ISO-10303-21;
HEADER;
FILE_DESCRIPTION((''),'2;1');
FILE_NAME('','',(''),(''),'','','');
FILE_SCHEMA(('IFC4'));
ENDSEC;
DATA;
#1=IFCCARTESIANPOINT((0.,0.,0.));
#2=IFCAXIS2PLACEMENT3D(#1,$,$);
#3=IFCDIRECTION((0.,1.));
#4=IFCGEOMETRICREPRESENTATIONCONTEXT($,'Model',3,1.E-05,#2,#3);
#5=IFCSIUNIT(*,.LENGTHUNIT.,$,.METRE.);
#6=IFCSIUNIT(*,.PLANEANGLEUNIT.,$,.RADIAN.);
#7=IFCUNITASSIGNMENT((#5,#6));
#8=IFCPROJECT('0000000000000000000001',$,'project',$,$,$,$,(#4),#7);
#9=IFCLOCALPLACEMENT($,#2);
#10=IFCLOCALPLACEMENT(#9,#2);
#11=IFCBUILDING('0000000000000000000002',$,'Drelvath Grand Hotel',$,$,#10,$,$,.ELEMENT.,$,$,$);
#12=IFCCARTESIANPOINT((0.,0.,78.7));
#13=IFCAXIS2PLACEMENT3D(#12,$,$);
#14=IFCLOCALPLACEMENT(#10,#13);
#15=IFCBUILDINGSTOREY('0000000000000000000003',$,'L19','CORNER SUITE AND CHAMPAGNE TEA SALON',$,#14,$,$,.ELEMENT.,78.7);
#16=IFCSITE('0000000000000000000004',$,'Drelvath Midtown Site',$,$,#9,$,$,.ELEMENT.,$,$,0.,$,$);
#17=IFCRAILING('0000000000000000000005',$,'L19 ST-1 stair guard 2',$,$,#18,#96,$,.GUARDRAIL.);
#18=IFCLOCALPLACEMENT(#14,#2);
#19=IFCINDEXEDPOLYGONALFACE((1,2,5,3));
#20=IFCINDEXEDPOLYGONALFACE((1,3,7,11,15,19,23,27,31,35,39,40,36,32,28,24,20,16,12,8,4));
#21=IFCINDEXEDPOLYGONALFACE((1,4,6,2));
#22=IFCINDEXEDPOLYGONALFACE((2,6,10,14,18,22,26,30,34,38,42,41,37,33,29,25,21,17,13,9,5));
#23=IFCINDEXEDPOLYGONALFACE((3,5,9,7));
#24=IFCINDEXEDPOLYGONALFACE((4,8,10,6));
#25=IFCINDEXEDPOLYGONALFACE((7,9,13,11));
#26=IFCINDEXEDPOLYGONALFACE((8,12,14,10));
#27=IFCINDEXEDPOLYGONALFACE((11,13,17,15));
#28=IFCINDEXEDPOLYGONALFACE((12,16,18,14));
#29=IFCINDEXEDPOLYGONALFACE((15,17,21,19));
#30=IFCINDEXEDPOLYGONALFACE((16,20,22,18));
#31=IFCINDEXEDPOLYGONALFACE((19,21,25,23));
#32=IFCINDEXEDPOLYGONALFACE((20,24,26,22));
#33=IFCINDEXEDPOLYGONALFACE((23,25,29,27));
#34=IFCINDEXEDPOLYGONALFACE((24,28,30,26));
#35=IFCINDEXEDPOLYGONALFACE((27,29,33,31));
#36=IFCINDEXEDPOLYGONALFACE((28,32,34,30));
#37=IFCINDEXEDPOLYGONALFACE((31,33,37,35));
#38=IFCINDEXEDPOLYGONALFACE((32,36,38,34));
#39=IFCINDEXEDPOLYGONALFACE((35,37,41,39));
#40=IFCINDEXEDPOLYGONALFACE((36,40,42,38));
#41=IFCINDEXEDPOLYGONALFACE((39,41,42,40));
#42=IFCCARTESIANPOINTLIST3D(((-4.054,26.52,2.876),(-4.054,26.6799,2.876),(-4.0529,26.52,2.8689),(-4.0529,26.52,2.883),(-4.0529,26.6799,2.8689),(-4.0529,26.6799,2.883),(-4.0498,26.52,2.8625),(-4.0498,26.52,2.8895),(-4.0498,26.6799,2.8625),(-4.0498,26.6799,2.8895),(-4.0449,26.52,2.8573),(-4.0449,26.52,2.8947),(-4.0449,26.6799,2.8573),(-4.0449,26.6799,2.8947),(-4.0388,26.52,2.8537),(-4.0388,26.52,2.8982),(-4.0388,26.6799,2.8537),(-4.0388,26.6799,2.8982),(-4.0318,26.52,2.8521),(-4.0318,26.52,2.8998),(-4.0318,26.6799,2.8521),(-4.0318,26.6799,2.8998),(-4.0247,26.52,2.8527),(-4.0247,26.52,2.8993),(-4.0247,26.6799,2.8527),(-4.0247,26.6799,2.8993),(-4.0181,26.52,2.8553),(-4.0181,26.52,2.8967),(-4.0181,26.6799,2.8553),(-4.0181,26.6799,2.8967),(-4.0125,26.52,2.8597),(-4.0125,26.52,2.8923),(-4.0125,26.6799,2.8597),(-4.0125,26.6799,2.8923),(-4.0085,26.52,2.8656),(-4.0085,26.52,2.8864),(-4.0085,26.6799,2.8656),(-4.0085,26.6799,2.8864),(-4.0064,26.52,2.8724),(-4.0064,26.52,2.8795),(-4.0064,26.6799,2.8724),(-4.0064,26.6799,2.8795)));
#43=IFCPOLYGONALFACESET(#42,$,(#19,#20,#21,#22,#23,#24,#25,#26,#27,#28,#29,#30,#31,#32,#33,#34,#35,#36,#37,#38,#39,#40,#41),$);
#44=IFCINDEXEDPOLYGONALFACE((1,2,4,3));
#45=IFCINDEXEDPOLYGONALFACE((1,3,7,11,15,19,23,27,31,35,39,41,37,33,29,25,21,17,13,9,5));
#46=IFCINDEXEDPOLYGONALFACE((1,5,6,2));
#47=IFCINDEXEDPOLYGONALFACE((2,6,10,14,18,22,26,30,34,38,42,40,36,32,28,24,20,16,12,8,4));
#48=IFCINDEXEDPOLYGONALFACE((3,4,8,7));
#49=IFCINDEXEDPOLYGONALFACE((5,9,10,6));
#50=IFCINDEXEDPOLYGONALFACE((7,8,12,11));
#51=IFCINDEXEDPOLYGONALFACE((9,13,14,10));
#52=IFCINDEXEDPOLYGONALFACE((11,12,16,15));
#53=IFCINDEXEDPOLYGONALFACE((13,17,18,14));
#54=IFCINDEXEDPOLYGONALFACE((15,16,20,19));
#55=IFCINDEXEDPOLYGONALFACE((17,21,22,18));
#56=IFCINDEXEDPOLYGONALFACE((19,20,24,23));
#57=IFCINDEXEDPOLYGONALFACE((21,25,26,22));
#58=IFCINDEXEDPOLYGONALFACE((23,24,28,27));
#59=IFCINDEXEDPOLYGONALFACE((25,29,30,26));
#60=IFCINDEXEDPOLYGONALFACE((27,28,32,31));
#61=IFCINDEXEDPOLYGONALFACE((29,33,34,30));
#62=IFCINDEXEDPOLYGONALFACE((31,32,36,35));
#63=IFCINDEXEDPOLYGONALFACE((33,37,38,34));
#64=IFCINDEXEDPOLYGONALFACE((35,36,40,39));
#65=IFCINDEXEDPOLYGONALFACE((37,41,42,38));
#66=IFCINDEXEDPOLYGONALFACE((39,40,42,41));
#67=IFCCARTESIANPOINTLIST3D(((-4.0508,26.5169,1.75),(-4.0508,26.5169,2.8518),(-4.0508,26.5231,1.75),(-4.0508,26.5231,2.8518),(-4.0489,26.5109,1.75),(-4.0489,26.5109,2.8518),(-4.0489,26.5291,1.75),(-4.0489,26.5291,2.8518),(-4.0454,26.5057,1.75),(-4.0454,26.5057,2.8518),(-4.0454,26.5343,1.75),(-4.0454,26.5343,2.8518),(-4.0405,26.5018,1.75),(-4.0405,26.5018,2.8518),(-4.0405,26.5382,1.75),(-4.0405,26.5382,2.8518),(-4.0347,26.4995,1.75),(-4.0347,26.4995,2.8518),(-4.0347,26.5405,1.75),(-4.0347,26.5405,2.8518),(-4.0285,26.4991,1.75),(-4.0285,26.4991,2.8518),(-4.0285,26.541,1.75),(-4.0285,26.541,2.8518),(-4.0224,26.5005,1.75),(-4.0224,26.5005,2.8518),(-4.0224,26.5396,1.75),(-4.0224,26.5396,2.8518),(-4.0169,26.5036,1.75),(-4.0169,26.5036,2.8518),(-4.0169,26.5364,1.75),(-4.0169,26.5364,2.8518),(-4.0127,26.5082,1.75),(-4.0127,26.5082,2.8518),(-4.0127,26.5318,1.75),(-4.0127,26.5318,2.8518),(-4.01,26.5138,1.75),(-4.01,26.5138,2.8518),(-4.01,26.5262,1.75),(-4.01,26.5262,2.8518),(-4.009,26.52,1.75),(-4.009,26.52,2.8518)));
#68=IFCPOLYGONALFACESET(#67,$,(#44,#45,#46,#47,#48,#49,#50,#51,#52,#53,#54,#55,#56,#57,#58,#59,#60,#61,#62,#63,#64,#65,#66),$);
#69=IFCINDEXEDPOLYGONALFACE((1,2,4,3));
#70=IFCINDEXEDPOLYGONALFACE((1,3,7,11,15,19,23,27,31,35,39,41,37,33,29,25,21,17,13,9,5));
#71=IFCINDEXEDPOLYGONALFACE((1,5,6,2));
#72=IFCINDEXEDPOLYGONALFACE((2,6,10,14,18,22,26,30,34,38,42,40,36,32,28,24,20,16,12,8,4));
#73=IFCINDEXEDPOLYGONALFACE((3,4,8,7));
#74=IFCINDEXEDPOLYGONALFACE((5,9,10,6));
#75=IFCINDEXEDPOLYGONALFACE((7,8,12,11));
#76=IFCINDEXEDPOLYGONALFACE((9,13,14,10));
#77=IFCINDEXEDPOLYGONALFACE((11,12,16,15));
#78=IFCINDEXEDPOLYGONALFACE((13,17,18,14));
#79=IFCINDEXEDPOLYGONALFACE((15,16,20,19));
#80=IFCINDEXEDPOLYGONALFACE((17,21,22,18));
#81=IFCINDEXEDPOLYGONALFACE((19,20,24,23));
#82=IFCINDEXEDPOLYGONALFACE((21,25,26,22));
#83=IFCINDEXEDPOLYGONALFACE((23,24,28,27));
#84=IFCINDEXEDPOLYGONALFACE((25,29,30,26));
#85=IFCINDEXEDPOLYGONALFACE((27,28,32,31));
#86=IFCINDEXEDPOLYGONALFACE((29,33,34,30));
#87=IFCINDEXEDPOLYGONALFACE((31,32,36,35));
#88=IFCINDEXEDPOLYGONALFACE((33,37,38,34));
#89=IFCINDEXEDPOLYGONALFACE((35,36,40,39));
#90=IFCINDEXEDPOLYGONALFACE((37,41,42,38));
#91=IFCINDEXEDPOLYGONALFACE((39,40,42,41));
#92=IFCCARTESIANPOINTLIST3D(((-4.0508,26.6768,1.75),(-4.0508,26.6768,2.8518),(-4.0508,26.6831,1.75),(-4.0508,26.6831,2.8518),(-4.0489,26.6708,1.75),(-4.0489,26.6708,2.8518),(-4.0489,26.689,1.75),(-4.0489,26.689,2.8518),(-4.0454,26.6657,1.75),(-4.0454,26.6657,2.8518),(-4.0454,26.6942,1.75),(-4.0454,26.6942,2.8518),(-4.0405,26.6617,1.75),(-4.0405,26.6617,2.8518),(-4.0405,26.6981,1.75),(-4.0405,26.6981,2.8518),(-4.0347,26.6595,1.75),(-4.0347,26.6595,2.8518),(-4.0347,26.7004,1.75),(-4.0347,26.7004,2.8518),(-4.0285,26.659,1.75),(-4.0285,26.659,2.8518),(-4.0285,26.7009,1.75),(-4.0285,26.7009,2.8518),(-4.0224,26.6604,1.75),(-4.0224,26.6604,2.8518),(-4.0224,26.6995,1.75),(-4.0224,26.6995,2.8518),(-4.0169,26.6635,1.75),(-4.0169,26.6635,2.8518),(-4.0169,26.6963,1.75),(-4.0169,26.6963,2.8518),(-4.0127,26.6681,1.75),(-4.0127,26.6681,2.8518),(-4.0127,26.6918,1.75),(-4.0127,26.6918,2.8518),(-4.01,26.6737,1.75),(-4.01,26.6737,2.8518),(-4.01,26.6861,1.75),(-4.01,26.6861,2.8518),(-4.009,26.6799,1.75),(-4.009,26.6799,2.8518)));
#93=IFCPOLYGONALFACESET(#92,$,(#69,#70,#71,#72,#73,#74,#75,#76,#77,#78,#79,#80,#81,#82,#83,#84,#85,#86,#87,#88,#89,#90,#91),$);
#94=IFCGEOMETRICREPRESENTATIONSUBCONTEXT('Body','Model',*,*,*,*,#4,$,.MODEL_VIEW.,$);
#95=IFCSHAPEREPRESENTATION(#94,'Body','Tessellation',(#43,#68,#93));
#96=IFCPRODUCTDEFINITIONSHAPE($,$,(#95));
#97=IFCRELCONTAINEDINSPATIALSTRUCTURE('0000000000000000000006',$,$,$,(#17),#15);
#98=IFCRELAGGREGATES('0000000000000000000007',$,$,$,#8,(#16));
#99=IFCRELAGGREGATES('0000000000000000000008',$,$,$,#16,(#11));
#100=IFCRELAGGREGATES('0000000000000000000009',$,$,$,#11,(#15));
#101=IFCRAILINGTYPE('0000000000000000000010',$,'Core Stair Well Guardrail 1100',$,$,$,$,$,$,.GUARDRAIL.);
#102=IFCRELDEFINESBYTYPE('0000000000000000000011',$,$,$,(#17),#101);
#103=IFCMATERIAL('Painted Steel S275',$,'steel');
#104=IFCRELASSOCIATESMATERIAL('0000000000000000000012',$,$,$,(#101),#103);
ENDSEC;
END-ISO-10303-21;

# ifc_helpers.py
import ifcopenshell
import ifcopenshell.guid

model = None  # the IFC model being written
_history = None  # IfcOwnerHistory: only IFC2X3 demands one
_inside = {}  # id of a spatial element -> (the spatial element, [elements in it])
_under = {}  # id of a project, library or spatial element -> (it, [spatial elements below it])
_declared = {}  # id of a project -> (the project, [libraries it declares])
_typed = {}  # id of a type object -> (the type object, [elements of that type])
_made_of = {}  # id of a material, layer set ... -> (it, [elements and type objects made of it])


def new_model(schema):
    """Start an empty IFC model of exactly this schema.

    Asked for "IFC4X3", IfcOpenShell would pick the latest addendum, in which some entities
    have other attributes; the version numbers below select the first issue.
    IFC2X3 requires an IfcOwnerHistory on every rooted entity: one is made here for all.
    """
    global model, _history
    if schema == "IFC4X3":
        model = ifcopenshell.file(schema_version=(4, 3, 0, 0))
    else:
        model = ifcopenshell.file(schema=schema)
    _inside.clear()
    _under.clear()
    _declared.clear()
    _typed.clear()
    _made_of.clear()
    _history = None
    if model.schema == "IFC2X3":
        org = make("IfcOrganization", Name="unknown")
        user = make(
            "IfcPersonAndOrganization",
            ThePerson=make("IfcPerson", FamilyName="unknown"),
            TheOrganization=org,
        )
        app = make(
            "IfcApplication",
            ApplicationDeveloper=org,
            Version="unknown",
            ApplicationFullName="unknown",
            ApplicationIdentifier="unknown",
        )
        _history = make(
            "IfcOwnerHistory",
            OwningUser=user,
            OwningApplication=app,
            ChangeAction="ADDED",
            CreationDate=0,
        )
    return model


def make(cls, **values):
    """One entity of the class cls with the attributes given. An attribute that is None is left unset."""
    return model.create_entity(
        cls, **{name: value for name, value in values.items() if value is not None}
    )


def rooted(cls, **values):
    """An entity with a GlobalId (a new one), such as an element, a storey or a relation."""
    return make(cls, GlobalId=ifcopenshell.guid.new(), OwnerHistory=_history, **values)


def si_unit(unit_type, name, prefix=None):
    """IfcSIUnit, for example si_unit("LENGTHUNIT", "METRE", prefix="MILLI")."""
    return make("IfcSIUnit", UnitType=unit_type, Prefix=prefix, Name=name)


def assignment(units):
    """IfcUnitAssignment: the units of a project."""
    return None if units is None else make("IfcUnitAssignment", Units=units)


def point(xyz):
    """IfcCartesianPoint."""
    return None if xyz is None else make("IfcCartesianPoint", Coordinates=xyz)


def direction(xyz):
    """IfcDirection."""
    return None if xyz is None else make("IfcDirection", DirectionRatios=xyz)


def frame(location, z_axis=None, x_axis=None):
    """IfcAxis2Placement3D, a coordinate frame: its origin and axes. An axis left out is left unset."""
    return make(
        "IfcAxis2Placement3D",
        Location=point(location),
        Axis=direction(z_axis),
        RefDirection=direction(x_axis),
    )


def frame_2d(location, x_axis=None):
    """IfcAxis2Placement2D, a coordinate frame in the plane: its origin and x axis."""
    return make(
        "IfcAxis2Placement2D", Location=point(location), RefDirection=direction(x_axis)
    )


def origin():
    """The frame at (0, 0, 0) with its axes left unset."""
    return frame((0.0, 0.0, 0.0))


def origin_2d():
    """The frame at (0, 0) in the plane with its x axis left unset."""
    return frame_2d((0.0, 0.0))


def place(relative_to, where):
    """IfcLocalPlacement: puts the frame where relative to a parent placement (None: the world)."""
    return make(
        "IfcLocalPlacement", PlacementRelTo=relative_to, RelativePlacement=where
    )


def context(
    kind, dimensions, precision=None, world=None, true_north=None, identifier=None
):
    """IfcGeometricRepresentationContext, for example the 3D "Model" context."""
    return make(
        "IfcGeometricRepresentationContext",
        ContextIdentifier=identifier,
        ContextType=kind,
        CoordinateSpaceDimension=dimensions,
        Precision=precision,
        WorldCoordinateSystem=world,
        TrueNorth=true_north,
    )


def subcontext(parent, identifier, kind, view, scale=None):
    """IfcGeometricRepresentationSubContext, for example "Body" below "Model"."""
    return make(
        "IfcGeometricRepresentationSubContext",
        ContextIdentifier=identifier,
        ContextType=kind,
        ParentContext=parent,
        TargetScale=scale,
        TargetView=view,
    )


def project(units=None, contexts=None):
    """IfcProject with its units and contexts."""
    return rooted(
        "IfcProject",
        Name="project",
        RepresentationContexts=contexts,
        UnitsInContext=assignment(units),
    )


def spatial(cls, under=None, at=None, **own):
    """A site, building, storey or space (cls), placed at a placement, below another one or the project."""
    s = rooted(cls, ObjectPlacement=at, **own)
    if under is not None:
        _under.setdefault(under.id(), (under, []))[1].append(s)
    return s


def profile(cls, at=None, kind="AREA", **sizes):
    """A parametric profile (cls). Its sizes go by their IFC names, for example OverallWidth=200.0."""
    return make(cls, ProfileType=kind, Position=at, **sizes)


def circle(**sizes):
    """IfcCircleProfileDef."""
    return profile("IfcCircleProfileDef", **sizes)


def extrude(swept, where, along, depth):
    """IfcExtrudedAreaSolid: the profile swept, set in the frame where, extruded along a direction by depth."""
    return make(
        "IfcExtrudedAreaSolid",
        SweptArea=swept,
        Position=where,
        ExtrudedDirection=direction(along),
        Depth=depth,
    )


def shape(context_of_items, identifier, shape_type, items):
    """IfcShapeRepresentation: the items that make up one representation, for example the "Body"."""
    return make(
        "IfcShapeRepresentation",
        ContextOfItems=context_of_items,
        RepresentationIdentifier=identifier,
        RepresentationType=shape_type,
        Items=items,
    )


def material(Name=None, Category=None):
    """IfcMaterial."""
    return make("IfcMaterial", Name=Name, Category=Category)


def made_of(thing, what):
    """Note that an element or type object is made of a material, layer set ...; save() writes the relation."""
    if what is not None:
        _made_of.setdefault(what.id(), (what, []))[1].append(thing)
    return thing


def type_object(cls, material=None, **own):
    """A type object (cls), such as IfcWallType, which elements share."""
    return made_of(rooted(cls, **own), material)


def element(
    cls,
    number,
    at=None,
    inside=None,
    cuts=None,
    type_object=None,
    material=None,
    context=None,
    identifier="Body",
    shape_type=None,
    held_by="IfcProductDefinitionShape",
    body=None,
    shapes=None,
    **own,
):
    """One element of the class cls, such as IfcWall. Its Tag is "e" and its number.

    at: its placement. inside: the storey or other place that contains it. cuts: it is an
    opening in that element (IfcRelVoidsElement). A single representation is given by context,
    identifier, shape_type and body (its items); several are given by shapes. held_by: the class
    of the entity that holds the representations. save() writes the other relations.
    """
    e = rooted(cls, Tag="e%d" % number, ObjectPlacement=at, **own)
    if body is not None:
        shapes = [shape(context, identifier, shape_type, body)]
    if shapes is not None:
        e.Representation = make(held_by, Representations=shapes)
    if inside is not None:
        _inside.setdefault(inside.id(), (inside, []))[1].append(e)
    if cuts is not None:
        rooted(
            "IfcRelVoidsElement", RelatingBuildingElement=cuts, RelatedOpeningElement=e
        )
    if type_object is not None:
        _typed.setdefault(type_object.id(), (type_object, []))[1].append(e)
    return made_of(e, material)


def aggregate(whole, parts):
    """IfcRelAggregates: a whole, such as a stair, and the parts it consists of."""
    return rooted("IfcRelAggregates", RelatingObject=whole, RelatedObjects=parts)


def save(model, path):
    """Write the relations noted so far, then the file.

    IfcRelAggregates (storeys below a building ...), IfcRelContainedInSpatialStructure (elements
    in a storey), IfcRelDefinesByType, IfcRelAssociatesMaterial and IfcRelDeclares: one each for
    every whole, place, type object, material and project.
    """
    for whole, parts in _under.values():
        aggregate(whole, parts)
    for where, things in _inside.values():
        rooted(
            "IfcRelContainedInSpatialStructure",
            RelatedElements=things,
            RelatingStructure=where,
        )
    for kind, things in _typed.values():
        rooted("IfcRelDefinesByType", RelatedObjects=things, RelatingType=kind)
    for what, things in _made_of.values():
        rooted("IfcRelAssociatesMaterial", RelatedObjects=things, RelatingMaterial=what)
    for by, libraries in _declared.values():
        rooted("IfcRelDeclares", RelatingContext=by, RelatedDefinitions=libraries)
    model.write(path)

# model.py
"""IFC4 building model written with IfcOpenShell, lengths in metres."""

from ifc_helpers import new_model, si_unit, direction, frame, origin, origin_2d, place, context, subcontext, project, spatial, circle, extrude, material, type_object, element, save


model = new_model("IFC4")

# Units and contexts
model_context = context("Model", 3, precision=1e-05, world=origin(), true_north=direction((0.0, 1.0)))
body_context = subcontext(model_context, "Body", "Model", "MODEL_VIEW")
ifc_project = project(units=[si_unit("LENGTHUNIT", "METRE"), si_unit("PLANEANGLEUNIT", "RADIAN")], contexts=[model_context])

# Site, building, storey
site_placement = place(None, origin())
site = spatial("IfcSite", under=ifc_project, at=site_placement, Name="Drelvath Midtown Site", CompositionType="ELEMENT", RefElevation=0.0)
building_placement = place(site_placement, origin())
building = spatial("IfcBuilding", under=site, at=building_placement, Name="Drelvath Grand Hotel", CompositionType="ELEMENT")
storey_placement = place(building_placement, frame((0.0, 0.0, 78.7)))
storey = spatial("IfcBuildingStorey", under=building, at=storey_placement, Name="L19", Description="CORNER SUITE AND CHAMPAGNE TEA SALON", CompositionType="ELEMENT", Elevation=78.7)

# Shared definitions
ifc_material_1 = material(Name="Painted Steel S275", Category="steel")

# Railing
railing_type_1 = type_object("IfcRailingType", Name="Core Stair Well Guardrail 1100", PredefinedType="GUARDRAIL", material=ifc_material_1)
railing_1_placement = place(storey_placement, frame((-4.03, 26.52, 1.75)))
element("IfcRailing", 1, at=railing_1_placement, inside=storey, type_object=railing_type_1, Name="L19 ST-1 stair guard 2", PredefinedType="GUARDRAIL", context=body_context, shape_type="SweptSolid", body=[
    extrude(circle(Radius=0.0239, at=origin_2d()), frame((0.0, 0.0, 1.126), z_axis=(0.0, 1.0, 0.0), x_axis=(-1.0, 0.0, 0.0)), (0.0, 0.0, 1.0), 0.1599),
    extrude(circle(Radius=0.021, at=origin_2d()), origin(), (0.0, 0.0, 1.0), 1.1018),
    extrude(circle(Radius=0.021, at=origin_2d()), frame((0.0, 0.1599, 0.0)), (0.0, 0.0, 1.0), 1.1018),
])

save(model, "model.ifc")
